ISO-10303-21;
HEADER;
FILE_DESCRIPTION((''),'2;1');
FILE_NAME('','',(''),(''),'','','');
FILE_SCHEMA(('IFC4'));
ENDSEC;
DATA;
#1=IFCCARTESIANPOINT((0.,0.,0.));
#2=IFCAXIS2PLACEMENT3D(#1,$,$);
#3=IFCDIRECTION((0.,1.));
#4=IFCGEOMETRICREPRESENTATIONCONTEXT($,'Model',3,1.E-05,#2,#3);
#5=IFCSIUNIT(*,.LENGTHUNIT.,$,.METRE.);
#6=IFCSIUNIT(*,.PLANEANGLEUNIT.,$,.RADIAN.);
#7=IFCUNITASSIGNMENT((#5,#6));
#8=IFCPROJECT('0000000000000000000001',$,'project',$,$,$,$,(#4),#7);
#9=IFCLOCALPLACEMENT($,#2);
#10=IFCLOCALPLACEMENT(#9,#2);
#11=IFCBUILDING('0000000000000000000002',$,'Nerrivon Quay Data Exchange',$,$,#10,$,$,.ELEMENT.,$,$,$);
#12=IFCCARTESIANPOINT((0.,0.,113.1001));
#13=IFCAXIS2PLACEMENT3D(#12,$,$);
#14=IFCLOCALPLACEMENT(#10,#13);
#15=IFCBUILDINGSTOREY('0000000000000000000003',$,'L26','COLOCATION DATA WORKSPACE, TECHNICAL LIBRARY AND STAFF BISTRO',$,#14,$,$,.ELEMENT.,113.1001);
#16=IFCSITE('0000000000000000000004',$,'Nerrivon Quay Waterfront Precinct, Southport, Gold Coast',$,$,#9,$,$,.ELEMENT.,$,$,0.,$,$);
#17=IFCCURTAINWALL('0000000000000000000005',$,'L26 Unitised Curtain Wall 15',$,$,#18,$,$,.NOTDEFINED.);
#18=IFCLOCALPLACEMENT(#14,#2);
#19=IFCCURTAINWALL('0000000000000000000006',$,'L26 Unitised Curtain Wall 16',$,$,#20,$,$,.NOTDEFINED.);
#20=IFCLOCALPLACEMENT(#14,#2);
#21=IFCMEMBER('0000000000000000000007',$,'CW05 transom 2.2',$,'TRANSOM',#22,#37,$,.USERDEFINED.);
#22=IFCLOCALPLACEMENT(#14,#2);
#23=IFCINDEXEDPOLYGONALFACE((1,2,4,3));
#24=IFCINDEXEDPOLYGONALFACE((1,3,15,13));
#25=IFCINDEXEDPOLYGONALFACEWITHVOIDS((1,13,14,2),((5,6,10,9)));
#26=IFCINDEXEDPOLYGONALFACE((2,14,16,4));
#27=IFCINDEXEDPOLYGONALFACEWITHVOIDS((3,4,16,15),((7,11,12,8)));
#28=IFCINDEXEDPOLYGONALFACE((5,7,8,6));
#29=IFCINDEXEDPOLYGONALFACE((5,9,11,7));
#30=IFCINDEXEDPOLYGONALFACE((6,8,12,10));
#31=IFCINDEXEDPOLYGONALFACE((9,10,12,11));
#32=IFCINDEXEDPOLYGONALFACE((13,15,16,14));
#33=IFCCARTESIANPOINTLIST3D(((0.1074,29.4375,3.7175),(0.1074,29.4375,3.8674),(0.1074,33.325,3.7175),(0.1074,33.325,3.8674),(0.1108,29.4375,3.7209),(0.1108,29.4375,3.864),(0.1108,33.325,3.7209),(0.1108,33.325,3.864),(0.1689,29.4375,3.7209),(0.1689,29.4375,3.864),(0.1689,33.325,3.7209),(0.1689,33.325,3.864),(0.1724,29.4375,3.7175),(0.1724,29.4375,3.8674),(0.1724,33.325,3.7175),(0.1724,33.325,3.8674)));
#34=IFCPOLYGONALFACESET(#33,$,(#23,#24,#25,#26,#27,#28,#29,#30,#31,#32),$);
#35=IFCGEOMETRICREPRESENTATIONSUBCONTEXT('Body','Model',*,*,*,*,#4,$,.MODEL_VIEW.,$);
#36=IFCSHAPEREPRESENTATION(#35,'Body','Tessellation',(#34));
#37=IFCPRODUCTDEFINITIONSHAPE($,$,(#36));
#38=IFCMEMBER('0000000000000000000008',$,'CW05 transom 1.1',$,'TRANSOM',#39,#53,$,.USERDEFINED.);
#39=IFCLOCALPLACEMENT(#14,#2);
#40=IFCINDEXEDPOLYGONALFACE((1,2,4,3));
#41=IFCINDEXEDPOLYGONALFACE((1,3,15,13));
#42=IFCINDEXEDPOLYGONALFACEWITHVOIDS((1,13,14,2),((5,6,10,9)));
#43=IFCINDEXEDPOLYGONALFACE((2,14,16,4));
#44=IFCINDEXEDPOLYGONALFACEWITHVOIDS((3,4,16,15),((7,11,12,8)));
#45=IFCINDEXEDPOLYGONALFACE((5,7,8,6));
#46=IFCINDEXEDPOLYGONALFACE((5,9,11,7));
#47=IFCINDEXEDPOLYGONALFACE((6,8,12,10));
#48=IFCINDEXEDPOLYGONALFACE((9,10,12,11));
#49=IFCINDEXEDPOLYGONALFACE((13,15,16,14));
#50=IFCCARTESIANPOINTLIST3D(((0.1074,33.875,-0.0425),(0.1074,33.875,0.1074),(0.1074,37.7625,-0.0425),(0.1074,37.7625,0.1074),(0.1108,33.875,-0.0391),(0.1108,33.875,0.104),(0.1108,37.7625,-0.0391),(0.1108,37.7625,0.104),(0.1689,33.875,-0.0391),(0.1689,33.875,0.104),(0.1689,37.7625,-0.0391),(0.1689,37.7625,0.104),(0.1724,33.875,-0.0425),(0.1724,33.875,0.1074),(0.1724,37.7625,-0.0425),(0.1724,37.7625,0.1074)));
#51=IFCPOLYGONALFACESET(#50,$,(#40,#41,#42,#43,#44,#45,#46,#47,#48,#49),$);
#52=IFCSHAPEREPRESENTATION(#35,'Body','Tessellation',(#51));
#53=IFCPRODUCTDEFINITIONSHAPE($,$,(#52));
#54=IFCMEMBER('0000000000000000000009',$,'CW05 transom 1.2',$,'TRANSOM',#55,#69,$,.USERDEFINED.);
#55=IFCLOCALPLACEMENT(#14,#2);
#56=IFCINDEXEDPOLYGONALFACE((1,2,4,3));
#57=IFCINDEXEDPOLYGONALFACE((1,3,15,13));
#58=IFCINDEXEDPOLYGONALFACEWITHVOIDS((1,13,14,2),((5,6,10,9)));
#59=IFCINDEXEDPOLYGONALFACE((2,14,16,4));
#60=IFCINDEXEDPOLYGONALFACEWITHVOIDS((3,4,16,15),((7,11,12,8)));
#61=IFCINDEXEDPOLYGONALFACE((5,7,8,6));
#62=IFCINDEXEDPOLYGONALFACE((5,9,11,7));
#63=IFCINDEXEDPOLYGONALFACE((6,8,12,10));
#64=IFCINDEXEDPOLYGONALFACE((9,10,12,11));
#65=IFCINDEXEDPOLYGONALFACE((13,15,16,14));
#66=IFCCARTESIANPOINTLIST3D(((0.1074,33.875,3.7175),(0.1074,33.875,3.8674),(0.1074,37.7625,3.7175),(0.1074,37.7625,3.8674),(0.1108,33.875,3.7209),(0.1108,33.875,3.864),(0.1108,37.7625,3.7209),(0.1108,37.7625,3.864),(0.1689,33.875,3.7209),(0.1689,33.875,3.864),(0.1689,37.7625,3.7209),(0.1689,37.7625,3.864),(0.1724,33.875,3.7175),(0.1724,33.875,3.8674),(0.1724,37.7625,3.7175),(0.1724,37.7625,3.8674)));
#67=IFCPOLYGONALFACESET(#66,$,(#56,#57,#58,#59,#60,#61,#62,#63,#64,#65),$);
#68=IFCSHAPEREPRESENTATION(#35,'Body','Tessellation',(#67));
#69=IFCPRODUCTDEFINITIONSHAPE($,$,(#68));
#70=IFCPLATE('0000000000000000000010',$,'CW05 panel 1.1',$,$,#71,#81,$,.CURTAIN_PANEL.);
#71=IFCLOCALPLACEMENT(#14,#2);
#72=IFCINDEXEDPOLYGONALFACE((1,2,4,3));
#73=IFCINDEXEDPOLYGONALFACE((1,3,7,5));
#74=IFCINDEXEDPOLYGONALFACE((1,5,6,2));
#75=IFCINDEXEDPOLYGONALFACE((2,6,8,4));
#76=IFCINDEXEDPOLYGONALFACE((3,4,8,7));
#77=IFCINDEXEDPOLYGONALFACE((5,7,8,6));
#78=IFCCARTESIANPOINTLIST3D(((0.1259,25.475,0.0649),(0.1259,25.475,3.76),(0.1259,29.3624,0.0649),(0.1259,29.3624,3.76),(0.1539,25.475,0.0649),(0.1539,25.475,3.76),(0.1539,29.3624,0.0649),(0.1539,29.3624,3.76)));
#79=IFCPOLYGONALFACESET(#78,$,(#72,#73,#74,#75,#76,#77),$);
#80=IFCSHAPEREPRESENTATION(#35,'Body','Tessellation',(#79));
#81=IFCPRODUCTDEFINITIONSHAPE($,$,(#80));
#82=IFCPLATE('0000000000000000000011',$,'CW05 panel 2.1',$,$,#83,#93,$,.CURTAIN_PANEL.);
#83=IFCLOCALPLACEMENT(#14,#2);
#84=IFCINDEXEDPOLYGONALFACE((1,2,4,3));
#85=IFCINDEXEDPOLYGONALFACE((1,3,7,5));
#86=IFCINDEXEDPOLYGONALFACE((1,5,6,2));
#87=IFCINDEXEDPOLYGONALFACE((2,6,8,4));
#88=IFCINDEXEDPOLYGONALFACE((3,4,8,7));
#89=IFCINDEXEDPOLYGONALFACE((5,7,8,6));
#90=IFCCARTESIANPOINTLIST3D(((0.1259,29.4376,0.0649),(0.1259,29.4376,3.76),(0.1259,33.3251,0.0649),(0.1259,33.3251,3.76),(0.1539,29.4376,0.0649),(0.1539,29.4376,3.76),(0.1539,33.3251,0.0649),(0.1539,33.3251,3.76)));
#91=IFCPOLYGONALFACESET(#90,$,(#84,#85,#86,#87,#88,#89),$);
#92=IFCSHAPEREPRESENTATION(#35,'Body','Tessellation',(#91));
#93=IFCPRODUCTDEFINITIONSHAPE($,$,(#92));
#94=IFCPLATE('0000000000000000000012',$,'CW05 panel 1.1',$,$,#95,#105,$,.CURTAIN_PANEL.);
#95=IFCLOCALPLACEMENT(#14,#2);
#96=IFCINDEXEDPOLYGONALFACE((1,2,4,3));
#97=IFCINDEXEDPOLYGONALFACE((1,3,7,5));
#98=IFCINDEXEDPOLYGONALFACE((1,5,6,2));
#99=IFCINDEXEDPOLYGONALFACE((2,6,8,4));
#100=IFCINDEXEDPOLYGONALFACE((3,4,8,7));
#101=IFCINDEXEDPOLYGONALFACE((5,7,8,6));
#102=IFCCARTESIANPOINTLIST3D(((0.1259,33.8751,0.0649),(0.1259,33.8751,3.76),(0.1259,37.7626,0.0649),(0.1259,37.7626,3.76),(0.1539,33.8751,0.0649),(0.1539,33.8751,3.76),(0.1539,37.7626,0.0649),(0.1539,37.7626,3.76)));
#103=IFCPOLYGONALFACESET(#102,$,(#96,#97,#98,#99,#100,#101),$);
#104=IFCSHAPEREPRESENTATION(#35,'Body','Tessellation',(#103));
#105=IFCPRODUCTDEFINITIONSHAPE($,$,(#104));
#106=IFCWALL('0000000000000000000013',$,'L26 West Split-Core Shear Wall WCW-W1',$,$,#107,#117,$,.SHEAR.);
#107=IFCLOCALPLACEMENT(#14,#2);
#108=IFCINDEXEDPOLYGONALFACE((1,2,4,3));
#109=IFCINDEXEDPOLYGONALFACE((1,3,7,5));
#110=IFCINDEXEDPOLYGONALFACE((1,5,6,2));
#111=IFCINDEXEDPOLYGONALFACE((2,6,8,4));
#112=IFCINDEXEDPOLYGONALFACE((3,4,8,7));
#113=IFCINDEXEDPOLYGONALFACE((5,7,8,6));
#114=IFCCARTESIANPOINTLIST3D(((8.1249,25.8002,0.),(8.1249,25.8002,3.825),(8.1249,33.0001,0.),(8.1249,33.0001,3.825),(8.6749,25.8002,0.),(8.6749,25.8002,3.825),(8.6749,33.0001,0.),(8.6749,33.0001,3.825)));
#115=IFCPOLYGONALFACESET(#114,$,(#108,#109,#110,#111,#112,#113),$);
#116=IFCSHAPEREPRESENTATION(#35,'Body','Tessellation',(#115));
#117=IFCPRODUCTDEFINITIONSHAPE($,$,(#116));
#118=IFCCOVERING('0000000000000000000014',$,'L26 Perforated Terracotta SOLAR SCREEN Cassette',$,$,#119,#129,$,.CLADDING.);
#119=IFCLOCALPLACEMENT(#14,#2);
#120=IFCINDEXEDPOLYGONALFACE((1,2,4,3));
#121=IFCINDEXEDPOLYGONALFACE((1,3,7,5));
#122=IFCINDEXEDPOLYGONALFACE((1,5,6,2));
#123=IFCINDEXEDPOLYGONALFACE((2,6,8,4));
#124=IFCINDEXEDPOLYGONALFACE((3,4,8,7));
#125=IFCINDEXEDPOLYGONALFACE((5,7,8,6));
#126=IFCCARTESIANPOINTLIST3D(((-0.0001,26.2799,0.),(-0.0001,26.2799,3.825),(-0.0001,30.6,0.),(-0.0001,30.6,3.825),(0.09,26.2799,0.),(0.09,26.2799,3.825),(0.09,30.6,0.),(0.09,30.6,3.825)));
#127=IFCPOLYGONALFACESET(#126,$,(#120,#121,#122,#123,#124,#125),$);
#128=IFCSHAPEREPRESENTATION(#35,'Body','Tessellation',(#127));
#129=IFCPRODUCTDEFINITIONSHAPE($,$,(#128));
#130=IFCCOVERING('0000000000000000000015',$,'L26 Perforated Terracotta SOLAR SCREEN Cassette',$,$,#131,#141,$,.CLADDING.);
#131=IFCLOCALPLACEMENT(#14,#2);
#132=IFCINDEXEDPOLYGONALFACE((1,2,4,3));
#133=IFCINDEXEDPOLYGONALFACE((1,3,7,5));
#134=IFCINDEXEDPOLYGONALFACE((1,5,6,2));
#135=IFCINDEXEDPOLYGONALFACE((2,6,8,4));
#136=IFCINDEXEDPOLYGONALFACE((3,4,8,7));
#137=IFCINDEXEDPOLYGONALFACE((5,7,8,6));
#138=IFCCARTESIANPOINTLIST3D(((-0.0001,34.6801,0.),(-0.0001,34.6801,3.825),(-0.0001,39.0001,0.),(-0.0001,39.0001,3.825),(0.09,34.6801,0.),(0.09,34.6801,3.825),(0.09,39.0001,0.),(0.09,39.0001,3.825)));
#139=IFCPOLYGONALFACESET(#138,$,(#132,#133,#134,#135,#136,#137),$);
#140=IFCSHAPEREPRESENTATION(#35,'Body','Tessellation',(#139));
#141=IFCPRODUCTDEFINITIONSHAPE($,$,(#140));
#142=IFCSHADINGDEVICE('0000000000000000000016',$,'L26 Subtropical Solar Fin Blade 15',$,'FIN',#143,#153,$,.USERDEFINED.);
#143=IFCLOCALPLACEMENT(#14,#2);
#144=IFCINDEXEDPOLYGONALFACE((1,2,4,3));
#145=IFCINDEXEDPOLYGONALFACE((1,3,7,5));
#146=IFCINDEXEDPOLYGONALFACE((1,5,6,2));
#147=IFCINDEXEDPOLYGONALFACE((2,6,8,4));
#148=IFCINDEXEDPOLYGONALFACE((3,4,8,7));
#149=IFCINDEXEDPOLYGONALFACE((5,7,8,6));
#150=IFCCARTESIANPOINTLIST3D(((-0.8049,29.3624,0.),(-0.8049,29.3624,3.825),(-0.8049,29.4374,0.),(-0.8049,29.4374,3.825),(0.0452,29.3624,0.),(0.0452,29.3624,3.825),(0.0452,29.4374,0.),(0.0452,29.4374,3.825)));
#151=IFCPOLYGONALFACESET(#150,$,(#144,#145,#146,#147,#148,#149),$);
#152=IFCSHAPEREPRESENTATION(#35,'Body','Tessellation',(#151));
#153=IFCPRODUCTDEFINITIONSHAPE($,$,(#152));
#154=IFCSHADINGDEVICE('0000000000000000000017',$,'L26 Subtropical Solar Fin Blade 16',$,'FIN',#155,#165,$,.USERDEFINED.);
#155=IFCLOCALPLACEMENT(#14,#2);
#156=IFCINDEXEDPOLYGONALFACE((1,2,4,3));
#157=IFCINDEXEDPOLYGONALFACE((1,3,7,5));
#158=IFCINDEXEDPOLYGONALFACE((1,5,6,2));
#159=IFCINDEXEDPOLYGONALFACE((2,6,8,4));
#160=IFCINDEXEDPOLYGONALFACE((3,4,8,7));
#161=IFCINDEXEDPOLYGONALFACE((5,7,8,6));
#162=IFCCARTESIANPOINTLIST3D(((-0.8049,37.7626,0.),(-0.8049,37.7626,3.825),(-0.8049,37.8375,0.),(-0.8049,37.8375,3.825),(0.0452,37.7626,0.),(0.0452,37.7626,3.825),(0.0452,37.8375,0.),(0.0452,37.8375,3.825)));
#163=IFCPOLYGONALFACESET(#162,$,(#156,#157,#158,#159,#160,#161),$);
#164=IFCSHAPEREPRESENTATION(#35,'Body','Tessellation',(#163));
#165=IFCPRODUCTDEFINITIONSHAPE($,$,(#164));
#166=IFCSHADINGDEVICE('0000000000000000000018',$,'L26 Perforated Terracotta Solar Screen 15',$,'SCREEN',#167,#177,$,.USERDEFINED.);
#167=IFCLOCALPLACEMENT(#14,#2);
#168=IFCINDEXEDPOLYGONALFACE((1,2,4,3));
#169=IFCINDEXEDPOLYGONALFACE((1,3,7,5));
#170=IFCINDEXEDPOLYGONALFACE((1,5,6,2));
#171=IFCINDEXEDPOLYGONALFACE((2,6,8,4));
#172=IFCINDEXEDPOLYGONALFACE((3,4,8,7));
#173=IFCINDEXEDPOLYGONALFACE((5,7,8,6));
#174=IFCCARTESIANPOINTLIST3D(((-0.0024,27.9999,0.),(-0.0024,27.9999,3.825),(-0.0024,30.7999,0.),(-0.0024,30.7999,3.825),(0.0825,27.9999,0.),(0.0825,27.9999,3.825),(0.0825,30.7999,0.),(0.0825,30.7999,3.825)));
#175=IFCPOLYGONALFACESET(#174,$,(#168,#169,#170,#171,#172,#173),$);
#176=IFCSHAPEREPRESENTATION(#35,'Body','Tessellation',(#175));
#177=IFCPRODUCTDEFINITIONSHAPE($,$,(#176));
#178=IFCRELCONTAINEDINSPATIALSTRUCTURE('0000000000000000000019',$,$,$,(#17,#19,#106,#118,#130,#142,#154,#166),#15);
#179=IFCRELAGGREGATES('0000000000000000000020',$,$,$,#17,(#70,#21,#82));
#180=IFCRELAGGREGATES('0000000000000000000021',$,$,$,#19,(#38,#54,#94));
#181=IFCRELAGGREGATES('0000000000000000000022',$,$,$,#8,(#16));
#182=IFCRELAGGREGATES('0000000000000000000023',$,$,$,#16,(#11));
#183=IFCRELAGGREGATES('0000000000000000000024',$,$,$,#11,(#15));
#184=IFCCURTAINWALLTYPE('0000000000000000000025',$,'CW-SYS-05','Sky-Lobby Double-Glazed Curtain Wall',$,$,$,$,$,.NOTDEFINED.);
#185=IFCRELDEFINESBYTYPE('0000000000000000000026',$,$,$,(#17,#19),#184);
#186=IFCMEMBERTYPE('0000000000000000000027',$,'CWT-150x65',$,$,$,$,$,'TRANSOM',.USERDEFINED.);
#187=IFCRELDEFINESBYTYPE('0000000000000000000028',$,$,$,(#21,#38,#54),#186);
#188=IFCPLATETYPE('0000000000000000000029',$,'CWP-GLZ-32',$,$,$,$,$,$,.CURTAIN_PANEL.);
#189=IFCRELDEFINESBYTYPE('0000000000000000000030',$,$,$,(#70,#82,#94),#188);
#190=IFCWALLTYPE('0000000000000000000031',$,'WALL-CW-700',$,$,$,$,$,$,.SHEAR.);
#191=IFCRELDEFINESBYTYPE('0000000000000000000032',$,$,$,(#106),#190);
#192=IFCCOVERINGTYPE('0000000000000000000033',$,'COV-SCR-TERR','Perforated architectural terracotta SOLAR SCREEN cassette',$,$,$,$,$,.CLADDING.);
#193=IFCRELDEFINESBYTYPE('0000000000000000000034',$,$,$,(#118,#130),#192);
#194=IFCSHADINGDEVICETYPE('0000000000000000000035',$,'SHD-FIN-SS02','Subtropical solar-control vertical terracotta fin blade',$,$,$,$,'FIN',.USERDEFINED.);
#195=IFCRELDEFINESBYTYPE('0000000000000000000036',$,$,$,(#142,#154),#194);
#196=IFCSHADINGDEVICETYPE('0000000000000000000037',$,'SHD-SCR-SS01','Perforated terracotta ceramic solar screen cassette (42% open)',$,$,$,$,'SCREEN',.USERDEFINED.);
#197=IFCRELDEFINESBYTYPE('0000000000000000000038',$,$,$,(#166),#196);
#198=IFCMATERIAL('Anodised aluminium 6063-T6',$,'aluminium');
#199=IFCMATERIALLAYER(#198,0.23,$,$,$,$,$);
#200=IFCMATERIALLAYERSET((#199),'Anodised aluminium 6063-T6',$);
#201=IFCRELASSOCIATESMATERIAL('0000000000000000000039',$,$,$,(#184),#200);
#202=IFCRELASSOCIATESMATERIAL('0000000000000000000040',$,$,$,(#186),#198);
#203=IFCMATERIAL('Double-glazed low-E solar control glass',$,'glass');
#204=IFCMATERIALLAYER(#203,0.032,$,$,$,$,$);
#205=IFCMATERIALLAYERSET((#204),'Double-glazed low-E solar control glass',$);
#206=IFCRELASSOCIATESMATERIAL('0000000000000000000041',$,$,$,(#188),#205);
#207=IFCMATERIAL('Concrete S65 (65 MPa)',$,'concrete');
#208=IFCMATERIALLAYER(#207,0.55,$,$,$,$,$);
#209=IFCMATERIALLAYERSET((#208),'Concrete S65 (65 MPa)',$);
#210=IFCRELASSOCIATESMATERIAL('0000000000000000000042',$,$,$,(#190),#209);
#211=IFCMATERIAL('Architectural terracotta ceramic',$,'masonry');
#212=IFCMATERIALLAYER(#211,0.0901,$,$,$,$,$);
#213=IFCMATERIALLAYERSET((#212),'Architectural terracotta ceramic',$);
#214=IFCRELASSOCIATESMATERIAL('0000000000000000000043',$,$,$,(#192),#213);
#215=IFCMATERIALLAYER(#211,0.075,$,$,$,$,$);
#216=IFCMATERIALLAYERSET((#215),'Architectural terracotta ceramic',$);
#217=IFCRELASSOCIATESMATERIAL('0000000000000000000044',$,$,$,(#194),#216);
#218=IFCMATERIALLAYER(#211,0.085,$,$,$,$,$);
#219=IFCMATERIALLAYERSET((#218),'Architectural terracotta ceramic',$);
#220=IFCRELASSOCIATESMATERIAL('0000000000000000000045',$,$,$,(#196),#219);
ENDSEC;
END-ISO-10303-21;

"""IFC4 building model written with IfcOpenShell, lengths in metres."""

from ifc_helpers import new_model, si_unit, direction, frame, frame_2d, origin, origin_2d, place, context, subcontext, project, spatial, rectangle, hollow_rectangle, extrude, material, layer, layer_set, material_profile, profile_set, type_object, element, aggregate, save


model = new_model("IFC4")

# Units and contexts
model_context = context("Model", 3, precision=1e-05, world=origin(), true_north=direction((0.0, 1.0)))
body_context = subcontext(model_context, "Body", "Model", "MODEL_VIEW")
ifc_project = project(units=[si_unit("LENGTHUNIT", "METRE"), si_unit("PLANEANGLEUNIT", "RADIAN")], contexts=[model_context])

# Site, building, storey
site_placement = place(None, origin())
site = spatial("IfcSite", under=ifc_project, at=site_placement, Name="Nerrivon Quay Waterfront Precinct, Southport, Gold Coast", CompositionType="ELEMENT", RefElevation=0.0)
building_placement = place(site_placement, origin())
building = spatial("IfcBuilding", under=site, at=building_placement, Name="Nerrivon Quay Data Exchange", CompositionType="ELEMENT")
storey_placement = place(building_placement, frame((0.0, 0.0, 113.1001)))
storey = spatial("IfcBuildingStorey", under=building, at=storey_placement, Name="L26", Description="COLOCATION DATA WORKSPACE, TECHNICAL LIBRARY AND STAFF BISTRO", CompositionType="ELEMENT", Elevation=113.1001)

# Shared definitions
ifc_material_1 = material(Name="Concrete S65 (65 MPa)", Category="concrete")

# Shared definitions
ifc_material_2 = material(Name="Anodised aluminium 6063-T6", Category="aluminium")
ifc_layer_1 = layer(ifc_material_2, 0.23)
ifc_layer_set_1 = layer_set([ifc_layer_1], Name="Anodised aluminium 6063-T6")
curtain_wall_type = type_object("IfcCurtainWallType", Name="CW-SYS-05", Description="Sky-Lobby Double-Glazed Curtain Wall", PredefinedType="NOTDEFINED", material=ifc_layer_set_1)

# Curtain wall
curtain_wall_1_placement = place(storey_placement, origin())
curtain_wall_1 = element("IfcCurtainWall", 1, at=curtain_wall_1_placement, inside=storey, type_object=curtain_wall_type, Name="L26 Unitised Curtain Wall 15", PredefinedType="NOTDEFINED")

# Curtain wall
curtain_wall_2_placement = place(storey_placement, origin())
curtain_wall_2 = element("IfcCurtainWall", 2, at=curtain_wall_2_placement, inside=storey, type_object=curtain_wall_type, Name="L26 Unitised Curtain Wall 16", PredefinedType="NOTDEFINED")

# Members
ifc_material_profile_1 = material_profile(ifc_material_2, hollow_rectangle(XDim=0.0649, YDim=0.1499, WallThickness=0.0034, at=origin_2d()), Name="ALU-TRAN-150x65")
ifc_profile_set_1 = profile_set([ifc_material_profile_1], Name="Anodised aluminium 6063-T6")
member_type_1 = type_object("IfcMemberType", Name="CWT-150x65", ElementType="TRANSOM", PredefinedType="USERDEFINED", material=ifc_profile_set_1)
member_1_placement = place(storey_placement, frame((0.1399, 29.4375, 3.7925), z_axis=(0.0, 1.0, 0.0), x_axis=(-1.0, 0.0, 0.0)))
member_1 = element("IfcMember", 3, at=member_1_placement, type_object=member_type_1, Name="CW05 transom 2.2", ObjectType="TRANSOM", PredefinedType="USERDEFINED", context=body_context, shape_type="SweptSolid", body=[
    extrude(hollow_rectangle(XDim=0.0649, YDim=0.1499, WallThickness=0.0034, at=origin_2d()), origin(), (0.0, 0.0, 1.0), 3.8875),
])
member_2_placement = place(storey_placement, frame((0.1399, 33.875, 0.0325), z_axis=(0.0, 1.0, 0.0), x_axis=(-1.0, 0.0, 0.0)))
member_2 = element("IfcMember", 4, at=member_2_placement, type_object=member_type_1, Name="CW05 transom 1.1", ObjectType="TRANSOM", PredefinedType="USERDEFINED", context=body_context, shape_type="SweptSolid", body=[
    extrude(hollow_rectangle(XDim=0.0649, YDim=0.1499, WallThickness=0.0034, at=origin_2d()), origin(), (0.0, 0.0, 1.0), 3.8875),
])
member_3_placement = place(storey_placement, frame((0.1399, 33.875, 3.7925), z_axis=(0.0, 1.0, 0.0), x_axis=(-1.0, 0.0, 0.0)))
member_3 = element("IfcMember", 5, at=member_3_placement, type_object=member_type_1, Name="CW05 transom 1.2", ObjectType="TRANSOM", PredefinedType="USERDEFINED", context=body_context, shape_type="SweptSolid", body=[
    extrude(hollow_rectangle(XDim=0.0649, YDim=0.1499, WallThickness=0.0034, at=origin_2d()), origin(), (0.0, 0.0, 1.0), 3.8875),
])

# Plates
ifc_material_3 = material(Name="Double-glazed low-E solar control glass", Category="glass")
ifc_layer_2 = layer(ifc_material_3, 0.032)
ifc_layer_set_2 = layer_set([ifc_layer_2], Name="Double-glazed low-E solar control glass")
plate_type = type_object("IfcPlateType", Name="CWP-GLZ-32", PredefinedType="CURTAIN_PANEL", material=ifc_layer_set_2)
plate_1_placement = place(storey_placement, frame((0.1399, 27.4187, 0.0649), z_axis=(0.0, 0.0, 1.0), x_axis=(0.0, 1.0, 0.0)))
plate_1 = element("IfcPlate", 6, at=plate_1_placement, type_object=plate_type, Name="CW05 panel 1.1", PredefinedType="CURTAIN_PANEL", context=body_context, shape_type="SweptSolid", body=[
    extrude(rectangle(XDim=3.8875, YDim=0.0281, at=origin_2d()), origin(), (0.0, 0.0, 1.0), 3.6951),
])
plate_2_placement = place(storey_placement, frame((0.1399, 31.3813, 0.0649), z_axis=(0.0, 0.0, 1.0), x_axis=(0.0, 1.0, 0.0)))
plate_2 = element("IfcPlate", 7, at=plate_2_placement, type_object=plate_type, Name="CW05 panel 2.1", PredefinedType="CURTAIN_PANEL", context=body_context, shape_type="SweptSolid", body=[
    extrude(rectangle(XDim=3.8875, YDim=0.0281, at=origin_2d()), origin(), (0.0, 0.0, 1.0), 3.6951),
])
aggregate(curtain_wall_1, [plate_1, member_1, plate_2])
plate_3_placement = place(storey_placement, frame((0.1399, 35.8188, 0.0649), z_axis=(0.0, 0.0, 1.0), x_axis=(0.0, 1.0, 0.0)))
plate_3 = element("IfcPlate", 8, at=plate_3_placement, type_object=plate_type, Name="CW05 panel 1.1", PredefinedType="CURTAIN_PANEL", context=body_context, shape_type="SweptSolid", body=[
    extrude(rectangle(XDim=3.8875, YDim=0.0281, at=origin_2d()), origin(), (0.0, 0.0, 1.0), 3.6951),
])
aggregate(curtain_wall_2, [member_2, member_3, plate_3])

# Wall
ifc_layer_3 = layer(ifc_material_1, 0.55)
ifc_layer_set_3 = layer_set([ifc_layer_3], Name="Concrete S65 (65 MPa)")
wall_type = type_object("IfcWallType", Name="WALL-CW-700", PredefinedType="SHEAR", material=ifc_layer_set_3)
wall_placement = place(storey_placement, frame((8.3999, 25.8, 0.0), z_axis=(0.0, 0.0, 1.0), x_axis=(0.0, 1.0, 0.0)))
element("IfcWall", 9, at=wall_placement, inside=storey, type_object=wall_type, Name="L26 West Split-Core Shear Wall WCW-W1", PredefinedType="SHEAR", context=body_context, shape_type="SweptSolid", body=[
    extrude(rectangle(XDim=7.2, YDim=0.55, at=frame_2d((3.6001, 0.0))), origin(), (0.0, 0.0, 1.0), 3.825),
])

# Coverings
ifc_material_4 = material(Name="Architectural terracotta ceramic", Category="masonry")
ifc_layer_4 = layer(ifc_material_4, 0.0901)
ifc_layer_set_4 = layer_set([ifc_layer_4], Name="Architectural terracotta ceramic")
covering_type = type_object("IfcCoveringType", Name="COV-SCR-TERR", Description="Perforated architectural terracotta SOLAR SCREEN cassette", PredefinedType="CLADDING", material=ifc_layer_set_4)
for number, where, z_axis, x_axis, name in (
    (10, (0.0449, 28.4399, 0.0), (0.0, 0.0, 1.0), (0.0, 1.0, 0.0), "L26 Perforated Terracotta SOLAR SCREEN Cassette"),
    (11, (0.0449, 36.8401, 0.0), (0.0, 0.0, 1.0), (0.0, 1.0, 0.0), "L26 Perforated Terracotta SOLAR SCREEN Cassette"),
):
    element("IfcCovering", number, at=place(storey_placement, frame(where, z_axis=z_axis, x_axis=x_axis)), inside=storey, type_object=covering_type, Name=name, PredefinedType="CLADDING", context=body_context, shape_type="SweptSolid", body=[
        extrude(rectangle(XDim=4.3201, YDim=0.0901, at=origin_2d()), origin(), (0.0, 0.0, 1.0), 3.825),
    ])

# Shading devices
ifc_layer_5 = layer(ifc_material_4, 0.075)
ifc_layer_set_5 = layer_set([ifc_layer_5], Name="Architectural terracotta ceramic")
shading_device_type_1 = type_object("IfcShadingDeviceType", Name="SHD-FIN-SS02", Description="Subtropical solar-control vertical terracotta fin blade", ElementType="FIN", PredefinedType="USERDEFINED", material=ifc_layer_set_5)
for number, where, z_axis, x_axis, name in (
    (12, (-0.3799, 29.3999, 0.0), (0.0, 0.0, 1.0), (0.0, 1.0, 0.0), "L26 Subtropical Solar Fin Blade 15"),
    (13, (-0.3799, 37.8, 0.0), (0.0, 0.0, 1.0), (0.0, 1.0, 0.0), "L26 Subtropical Solar Fin Blade 16"),
):
    element("IfcShadingDevice", number, at=place(storey_placement, frame(where, z_axis=z_axis, x_axis=x_axis)), inside=storey, type_object=shading_device_type_1, Name=name, ObjectType="FIN", PredefinedType="USERDEFINED", context=body_context, shape_type="SweptSolid", body=[
        extrude(rectangle(XDim=0.075, YDim=0.8501, at=origin_2d()), origin(), (0.0, 0.0, 1.0), 3.825),
    ])
ifc_layer_6 = layer(ifc_material_4, 0.085)
ifc_layer_set_6 = layer_set([ifc_layer_6], Name="Architectural terracotta ceramic")
shading_device_type_2 = type_object("IfcShadingDeviceType", Name="SHD-SCR-SS01", Description="Perforated terracotta ceramic solar screen cassette (42% open)", ElementType="SCREEN", PredefinedType="USERDEFINED", material=ifc_layer_set_6)
shading_device_placement = place(storey_placement, frame((0.04, 29.3999, 0.0), z_axis=(0.0, 0.0, 1.0), x_axis=(0.0, 1.0, 0.0)))
element("IfcShadingDevice", 14, at=shading_device_placement, inside=storey, type_object=shading_device_type_2, Name="L26 Perforated Terracotta Solar Screen 15", ObjectType="SCREEN", PredefinedType="USERDEFINED", context=body_context, shape_type="SweptSolid", body=[
    extrude(rectangle(XDim=2.8, YDim=0.085, at=origin_2d()), origin(), (0.0, 0.0, 1.0), 3.825),
])

save(model, "model.ifc")
